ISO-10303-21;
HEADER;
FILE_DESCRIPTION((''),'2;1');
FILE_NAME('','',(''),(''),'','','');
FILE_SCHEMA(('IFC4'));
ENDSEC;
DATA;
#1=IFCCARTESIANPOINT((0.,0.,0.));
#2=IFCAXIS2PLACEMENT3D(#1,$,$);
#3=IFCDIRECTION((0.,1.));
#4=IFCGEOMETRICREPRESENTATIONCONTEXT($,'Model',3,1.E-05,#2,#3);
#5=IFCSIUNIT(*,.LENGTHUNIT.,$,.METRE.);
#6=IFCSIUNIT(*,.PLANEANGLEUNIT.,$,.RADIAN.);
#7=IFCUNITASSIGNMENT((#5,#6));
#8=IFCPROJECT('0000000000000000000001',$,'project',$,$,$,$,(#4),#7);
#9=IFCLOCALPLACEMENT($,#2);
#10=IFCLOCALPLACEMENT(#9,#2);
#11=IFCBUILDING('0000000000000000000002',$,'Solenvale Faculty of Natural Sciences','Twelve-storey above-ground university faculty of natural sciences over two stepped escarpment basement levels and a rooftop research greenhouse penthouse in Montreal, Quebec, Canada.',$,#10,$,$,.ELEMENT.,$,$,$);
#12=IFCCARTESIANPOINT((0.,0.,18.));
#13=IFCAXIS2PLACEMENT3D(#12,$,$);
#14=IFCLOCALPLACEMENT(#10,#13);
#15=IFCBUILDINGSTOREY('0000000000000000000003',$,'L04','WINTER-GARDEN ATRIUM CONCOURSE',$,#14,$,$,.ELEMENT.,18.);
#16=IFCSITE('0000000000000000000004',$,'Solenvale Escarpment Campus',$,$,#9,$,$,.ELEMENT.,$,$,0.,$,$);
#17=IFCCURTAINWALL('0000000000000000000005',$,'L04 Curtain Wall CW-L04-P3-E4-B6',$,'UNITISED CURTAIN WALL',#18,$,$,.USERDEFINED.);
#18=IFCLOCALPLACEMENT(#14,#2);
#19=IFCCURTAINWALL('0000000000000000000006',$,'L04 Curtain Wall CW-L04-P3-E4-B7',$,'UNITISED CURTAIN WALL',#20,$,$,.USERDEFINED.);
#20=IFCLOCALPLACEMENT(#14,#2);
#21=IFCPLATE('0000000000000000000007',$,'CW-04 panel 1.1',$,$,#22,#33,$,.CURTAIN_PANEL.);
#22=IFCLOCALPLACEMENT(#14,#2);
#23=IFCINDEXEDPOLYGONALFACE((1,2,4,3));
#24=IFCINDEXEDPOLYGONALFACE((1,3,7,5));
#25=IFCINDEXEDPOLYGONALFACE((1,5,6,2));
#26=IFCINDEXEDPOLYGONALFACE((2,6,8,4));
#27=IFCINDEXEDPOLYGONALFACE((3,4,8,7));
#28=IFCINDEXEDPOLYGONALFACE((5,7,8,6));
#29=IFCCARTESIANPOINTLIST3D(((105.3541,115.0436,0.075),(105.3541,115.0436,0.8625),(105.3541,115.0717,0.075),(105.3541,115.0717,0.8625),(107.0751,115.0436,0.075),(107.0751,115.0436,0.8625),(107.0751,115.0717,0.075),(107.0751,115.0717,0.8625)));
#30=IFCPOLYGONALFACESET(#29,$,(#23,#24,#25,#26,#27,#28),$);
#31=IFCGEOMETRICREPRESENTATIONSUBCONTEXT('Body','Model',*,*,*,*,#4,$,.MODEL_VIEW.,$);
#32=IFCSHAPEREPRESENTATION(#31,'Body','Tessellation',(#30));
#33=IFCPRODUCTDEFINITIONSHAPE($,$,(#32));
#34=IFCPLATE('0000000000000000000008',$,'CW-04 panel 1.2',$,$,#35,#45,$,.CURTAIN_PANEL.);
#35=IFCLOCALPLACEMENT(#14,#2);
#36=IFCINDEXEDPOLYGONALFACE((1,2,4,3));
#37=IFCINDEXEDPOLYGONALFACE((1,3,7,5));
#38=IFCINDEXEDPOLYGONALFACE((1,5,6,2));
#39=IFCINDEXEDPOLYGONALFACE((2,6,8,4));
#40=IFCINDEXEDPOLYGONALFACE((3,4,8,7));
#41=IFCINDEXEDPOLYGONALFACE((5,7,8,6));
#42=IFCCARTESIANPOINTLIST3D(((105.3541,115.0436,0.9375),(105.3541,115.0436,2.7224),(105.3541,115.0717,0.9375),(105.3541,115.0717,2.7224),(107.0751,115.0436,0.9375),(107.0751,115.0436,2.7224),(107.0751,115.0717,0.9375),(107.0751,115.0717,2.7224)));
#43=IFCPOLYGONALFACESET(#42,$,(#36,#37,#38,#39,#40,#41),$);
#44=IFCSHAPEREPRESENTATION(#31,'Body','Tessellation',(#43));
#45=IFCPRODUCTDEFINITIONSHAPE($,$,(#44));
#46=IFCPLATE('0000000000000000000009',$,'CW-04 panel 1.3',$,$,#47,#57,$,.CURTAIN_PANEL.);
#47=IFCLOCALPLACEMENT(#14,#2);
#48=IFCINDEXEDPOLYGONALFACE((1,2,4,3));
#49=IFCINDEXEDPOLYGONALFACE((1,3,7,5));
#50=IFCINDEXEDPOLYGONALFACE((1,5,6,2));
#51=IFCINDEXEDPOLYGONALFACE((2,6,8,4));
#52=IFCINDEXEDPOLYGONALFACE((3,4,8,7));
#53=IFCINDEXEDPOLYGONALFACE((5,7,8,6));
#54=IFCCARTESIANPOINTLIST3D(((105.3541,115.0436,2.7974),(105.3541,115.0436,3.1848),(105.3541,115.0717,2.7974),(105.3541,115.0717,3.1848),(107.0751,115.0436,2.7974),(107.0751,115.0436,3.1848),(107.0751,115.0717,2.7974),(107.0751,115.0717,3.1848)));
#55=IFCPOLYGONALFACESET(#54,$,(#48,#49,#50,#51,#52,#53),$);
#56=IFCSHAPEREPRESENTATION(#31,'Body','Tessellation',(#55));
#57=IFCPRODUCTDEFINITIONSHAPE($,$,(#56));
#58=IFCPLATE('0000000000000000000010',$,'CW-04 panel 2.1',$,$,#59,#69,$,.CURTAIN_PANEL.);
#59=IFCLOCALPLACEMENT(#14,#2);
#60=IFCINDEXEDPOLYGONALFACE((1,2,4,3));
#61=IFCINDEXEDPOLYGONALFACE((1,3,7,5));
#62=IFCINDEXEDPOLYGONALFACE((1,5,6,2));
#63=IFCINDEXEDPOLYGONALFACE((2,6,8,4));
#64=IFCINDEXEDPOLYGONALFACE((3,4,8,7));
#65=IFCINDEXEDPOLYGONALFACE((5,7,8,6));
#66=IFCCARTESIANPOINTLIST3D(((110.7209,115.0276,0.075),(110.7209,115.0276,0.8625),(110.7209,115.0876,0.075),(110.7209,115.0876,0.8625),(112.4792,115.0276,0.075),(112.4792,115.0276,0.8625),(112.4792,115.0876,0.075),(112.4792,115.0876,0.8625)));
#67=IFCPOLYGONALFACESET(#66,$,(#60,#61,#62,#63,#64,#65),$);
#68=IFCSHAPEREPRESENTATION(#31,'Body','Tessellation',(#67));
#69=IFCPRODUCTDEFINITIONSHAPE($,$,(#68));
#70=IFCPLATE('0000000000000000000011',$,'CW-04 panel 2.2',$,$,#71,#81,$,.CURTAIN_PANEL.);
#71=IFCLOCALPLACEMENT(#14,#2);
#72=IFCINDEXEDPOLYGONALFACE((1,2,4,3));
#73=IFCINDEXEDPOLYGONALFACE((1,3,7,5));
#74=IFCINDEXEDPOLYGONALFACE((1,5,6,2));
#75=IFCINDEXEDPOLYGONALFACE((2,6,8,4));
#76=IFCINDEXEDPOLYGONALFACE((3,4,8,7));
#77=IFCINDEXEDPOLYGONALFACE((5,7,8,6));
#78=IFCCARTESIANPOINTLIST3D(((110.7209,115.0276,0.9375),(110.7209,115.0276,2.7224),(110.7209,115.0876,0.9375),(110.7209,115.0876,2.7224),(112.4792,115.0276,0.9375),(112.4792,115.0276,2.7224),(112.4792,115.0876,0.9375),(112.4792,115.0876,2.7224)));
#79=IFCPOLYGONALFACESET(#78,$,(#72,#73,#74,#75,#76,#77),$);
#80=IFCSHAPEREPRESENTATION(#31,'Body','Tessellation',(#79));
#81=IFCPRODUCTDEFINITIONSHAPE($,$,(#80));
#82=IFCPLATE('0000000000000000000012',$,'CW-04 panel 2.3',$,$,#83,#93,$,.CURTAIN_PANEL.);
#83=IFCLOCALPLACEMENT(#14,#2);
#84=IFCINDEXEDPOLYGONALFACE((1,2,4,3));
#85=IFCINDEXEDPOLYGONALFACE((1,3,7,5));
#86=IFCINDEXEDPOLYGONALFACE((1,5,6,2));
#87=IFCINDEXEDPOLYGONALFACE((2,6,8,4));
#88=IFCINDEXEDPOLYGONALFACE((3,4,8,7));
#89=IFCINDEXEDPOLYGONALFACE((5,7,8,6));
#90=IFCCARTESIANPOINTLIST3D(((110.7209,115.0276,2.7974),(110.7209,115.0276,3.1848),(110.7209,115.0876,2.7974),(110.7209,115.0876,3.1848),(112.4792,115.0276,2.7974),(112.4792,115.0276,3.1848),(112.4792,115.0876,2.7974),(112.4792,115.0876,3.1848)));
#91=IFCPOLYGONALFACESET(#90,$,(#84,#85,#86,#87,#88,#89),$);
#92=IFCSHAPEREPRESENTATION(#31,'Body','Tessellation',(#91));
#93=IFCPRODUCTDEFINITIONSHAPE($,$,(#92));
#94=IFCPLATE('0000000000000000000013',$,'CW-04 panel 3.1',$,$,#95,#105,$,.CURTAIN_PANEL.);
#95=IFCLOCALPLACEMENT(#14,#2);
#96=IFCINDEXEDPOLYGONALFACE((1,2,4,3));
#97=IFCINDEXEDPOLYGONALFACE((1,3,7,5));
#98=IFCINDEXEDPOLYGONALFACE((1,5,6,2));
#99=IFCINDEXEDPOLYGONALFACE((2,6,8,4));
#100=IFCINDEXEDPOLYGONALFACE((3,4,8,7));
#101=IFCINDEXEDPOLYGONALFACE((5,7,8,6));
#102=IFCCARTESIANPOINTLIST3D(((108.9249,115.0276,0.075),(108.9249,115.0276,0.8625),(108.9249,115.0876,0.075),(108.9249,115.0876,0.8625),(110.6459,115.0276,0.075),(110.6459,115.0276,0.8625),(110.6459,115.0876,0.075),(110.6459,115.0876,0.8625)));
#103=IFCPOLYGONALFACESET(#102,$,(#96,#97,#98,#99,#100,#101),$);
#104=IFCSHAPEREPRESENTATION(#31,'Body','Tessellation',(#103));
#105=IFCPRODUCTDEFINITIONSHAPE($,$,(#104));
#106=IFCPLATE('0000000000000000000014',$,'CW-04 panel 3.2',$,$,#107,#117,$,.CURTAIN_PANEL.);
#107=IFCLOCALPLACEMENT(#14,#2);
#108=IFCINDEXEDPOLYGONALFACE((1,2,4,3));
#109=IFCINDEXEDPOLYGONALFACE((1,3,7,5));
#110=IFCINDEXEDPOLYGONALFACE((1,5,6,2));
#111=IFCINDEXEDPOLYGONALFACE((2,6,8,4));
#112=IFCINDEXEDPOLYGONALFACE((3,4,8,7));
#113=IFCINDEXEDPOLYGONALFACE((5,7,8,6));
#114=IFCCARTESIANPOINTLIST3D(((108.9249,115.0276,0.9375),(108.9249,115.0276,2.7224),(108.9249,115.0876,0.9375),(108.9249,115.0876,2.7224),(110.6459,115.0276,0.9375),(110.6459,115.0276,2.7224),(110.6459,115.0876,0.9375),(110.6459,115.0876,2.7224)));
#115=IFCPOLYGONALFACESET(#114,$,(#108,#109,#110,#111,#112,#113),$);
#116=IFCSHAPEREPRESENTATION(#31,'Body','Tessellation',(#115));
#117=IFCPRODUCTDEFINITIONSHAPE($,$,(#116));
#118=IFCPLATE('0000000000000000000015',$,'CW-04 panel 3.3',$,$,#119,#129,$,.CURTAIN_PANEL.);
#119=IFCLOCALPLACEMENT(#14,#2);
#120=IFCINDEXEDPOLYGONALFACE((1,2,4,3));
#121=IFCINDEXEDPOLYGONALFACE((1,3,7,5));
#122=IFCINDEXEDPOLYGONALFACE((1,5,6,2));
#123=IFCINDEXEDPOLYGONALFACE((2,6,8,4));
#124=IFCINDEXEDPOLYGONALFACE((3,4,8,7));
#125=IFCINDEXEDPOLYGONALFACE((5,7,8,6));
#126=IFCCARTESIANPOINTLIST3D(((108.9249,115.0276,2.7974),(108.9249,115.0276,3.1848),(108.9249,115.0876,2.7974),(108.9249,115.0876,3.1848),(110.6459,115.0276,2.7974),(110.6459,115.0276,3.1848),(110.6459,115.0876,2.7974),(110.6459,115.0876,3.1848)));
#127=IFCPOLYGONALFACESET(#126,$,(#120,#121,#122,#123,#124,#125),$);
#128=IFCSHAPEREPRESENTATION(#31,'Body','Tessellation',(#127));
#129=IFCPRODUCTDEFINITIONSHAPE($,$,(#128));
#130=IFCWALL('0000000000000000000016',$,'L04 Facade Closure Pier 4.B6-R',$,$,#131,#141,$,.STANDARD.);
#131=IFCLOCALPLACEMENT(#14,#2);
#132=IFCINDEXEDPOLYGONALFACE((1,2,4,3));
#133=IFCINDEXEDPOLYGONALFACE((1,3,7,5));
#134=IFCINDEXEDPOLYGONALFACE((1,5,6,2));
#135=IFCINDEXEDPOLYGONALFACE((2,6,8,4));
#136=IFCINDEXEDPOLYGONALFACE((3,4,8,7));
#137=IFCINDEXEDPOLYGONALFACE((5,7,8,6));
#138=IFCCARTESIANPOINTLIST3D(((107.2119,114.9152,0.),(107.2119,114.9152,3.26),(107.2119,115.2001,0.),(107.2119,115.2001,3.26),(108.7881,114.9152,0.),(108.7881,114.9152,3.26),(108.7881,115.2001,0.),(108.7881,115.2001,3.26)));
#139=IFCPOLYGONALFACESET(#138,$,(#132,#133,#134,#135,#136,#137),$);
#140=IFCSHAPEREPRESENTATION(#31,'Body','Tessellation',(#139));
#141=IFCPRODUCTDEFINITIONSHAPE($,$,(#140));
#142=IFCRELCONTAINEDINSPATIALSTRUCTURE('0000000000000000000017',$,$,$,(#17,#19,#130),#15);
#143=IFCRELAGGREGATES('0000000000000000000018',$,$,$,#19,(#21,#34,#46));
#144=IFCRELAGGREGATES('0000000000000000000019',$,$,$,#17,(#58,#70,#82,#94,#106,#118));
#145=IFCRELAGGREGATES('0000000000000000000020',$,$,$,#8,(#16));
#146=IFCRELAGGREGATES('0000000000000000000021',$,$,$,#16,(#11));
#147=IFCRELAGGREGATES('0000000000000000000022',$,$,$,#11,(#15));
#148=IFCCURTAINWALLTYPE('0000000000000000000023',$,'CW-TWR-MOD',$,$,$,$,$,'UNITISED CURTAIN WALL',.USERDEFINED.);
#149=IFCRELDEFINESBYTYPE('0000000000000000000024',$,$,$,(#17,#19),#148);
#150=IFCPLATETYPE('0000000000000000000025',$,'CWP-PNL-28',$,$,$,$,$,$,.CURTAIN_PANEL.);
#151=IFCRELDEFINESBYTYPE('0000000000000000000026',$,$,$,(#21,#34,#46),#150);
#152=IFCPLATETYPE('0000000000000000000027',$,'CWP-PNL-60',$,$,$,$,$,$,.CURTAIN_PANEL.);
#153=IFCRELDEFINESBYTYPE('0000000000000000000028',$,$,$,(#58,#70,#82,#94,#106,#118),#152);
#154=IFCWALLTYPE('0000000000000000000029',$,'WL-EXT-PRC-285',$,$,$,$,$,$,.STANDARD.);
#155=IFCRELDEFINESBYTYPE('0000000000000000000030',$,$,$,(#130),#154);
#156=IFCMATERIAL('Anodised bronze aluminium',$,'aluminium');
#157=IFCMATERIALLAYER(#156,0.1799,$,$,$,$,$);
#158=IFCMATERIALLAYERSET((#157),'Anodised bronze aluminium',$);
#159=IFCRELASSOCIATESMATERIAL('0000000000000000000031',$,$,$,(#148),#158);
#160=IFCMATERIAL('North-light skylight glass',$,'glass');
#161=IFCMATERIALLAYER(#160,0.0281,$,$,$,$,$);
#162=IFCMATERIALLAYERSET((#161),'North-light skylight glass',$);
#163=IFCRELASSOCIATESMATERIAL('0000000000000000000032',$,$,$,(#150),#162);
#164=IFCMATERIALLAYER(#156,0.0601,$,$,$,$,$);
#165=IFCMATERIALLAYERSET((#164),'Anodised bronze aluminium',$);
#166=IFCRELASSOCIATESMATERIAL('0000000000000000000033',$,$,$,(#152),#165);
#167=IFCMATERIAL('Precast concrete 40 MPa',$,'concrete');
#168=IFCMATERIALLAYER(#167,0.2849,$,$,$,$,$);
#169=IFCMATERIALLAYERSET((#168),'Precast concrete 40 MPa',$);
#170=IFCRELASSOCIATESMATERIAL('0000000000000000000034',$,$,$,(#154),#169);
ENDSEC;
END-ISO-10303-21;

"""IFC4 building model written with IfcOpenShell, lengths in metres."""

from ifc_helpers import new_model, si_unit, direction, frame, frame_2d, origin, origin_2d, place, context, subcontext, project, spatial, rectangle, extrude, material, layer, layer_set, type_object, element, aggregate, save


model = new_model("IFC4")

# Units and contexts
model_context = context("Model", 3, precision=1e-05, world=origin(), true_north=direction((0.0, 1.0)))
body_context = subcontext(model_context, "Body", "Model", "MODEL_VIEW")
ifc_project = project(units=[si_unit("LENGTHUNIT", "METRE"), si_unit("PLANEANGLEUNIT", "RADIAN")], contexts=[model_context])

# Site, building, storey
site_placement = place(None, origin())
site = spatial("IfcSite", under=ifc_project, at=site_placement, Name="Solenvale Escarpment Campus", CompositionType="ELEMENT", RefElevation=0.0)
building_placement = place(site_placement, origin())
building = spatial("IfcBuilding", under=site, at=building_placement, Name="Solenvale Faculty of Natural Sciences", Description="Twelve-storey above-ground university faculty of natural sciences over two stepped escarpment basement levels and a rooftop research greenhouse penthouse in Montreal, Quebec, Canada.", CompositionType="ELEMENT")
storey_placement = place(building_placement, frame((0.0, 0.0, 18.0)))
storey = spatial("IfcBuildingStorey", under=building, at=storey_placement, Name="L04", Description="WINTER-GARDEN ATRIUM CONCOURSE", CompositionType="ELEMENT", Elevation=18.0)

# Shared definitions
ifc_material_1 = material(Name="Precast concrete 40 MPa", Category="concrete")

# Curtain walls
ifc_material_2 = material(Name="Anodised bronze aluminium", Category="aluminium")
ifc_layer_1 = layer(ifc_material_2, 0.1799)
ifc_layer_set_1 = layer_set([ifc_layer_1], Name="Anodised bronze aluminium")
curtain_wall_type = type_object("IfcCurtainWallType", Name="CW-TWR-MOD", ElementType="UNITISED CURTAIN WALL", PredefinedType="USERDEFINED", material=ifc_layer_set_1)
curtain_wall_1_placement = place(storey_placement, origin())
curtain_wall_1 = element("IfcCurtainWall", 1, at=curtain_wall_1_placement, inside=storey, type_object=curtain_wall_type, Name="L04 Curtain Wall CW-L04-P3-E4-B6", ObjectType="UNITISED CURTAIN WALL", PredefinedType="USERDEFINED")
curtain_wall_2_placement = place(storey_placement, origin())
curtain_wall_2 = element("IfcCurtainWall", 2, at=curtain_wall_2_placement, inside=storey, type_object=curtain_wall_type, Name="L04 Curtain Wall CW-L04-P3-E4-B7", ObjectType="UNITISED CURTAIN WALL", PredefinedType="USERDEFINED")

# Plates
ifc_material_3 = material(Name="North-light skylight glass", Category="glass")
ifc_layer_2 = layer(ifc_material_3, 0.0281)
ifc_layer_set_2 = layer_set([ifc_layer_2], Name="North-light skylight glass")
plate_type_1 = type_object("IfcPlateType", Name="CWP-PNL-28", PredefinedType="CURTAIN_PANEL", material=ifc_layer_set_2)
plate_1_placement = place(storey_placement, frame((106.2146, 115.0576, 0.075), z_axis=(0.0, 0.0, 1.0), x_axis=(-1.0, 0.0, 0.0)))
plate_1 = element("IfcPlate", 3, at=plate_1_placement, type_object=plate_type_1, Name="CW-04 panel 1.1", PredefinedType="CURTAIN_PANEL", context=body_context, shape_type="SweptSolid", body=[
    extrude(rectangle(XDim=1.7209, YDim=0.0281, at=origin_2d()), origin(), (0.0, 0.0, 1.0), 0.7876),
])
plate_2_placement = place(storey_placement, frame((106.2146, 115.0576, 0.9375), z_axis=(0.0, 0.0, 1.0), x_axis=(-1.0, 0.0, 0.0)))
plate_2 = element("IfcPlate", 4, at=plate_2_placement, type_object=plate_type_1, Name="CW-04 panel 1.2", PredefinedType="CURTAIN_PANEL", context=body_context, shape_type="SweptSolid", body=[
    extrude(rectangle(XDim=1.7209, YDim=0.0281, at=origin_2d()), origin(), (0.0, 0.0, 1.0), 1.7849),
])
plate_3_placement = place(storey_placement, frame((106.2146, 115.0576, 2.7974), z_axis=(0.0, 0.0, 1.0), x_axis=(-1.0, 0.0, 0.0)))
plate_3 = element("IfcPlate", 5, at=plate_3_placement, type_object=plate_type_1, Name="CW-04 panel 1.3", PredefinedType="CURTAIN_PANEL", context=body_context, shape_type="SweptSolid", body=[
    extrude(rectangle(XDim=1.7209, YDim=0.0281, at=origin_2d()), origin(), (0.0, 0.0, 1.0), 0.3875),
])
aggregate(curtain_wall_2, [plate_1, plate_2, plate_3])
ifc_layer_3 = layer(ifc_material_2, 0.0601)
ifc_layer_set_3 = layer_set([ifc_layer_3], Name="Anodised bronze aluminium")
plate_type_2 = type_object("IfcPlateType", Name="CWP-PNL-60", PredefinedType="CURTAIN_PANEL", material=ifc_layer_set_3)
plate_4_placement = place(storey_placement, frame((111.6001, 115.0576, 0.075), z_axis=(0.0, 0.0, 1.0), x_axis=(-1.0, 0.0, 0.0)))
plate_4 = element("IfcPlate", 6, at=plate_4_placement, type_object=plate_type_2, Name="CW-04 panel 2.1", PredefinedType="CURTAIN_PANEL", context=body_context, shape_type="SweptSolid", body=[
    extrude(rectangle(XDim=1.7583, YDim=0.0601, at=origin_2d()), origin(), (0.0, 0.0, 1.0), 0.7876),
])
plate_5_placement = place(storey_placement, frame((111.6001, 115.0576, 0.9375), z_axis=(0.0, 0.0, 1.0), x_axis=(-1.0, 0.0, 0.0)))
plate_5 = element("IfcPlate", 7, at=plate_5_placement, type_object=plate_type_2, Name="CW-04 panel 2.2", PredefinedType="CURTAIN_PANEL", context=body_context, shape_type="SweptSolid", body=[
    extrude(rectangle(XDim=1.7583, YDim=0.0601, at=origin_2d()), origin(), (0.0, 0.0, 1.0), 1.7849),
])
plate_6_placement = place(storey_placement, frame((111.6001, 115.0576, 2.7974), z_axis=(0.0, 0.0, 1.0), x_axis=(-1.0, 0.0, 0.0)))
plate_6 = element("IfcPlate", 8, at=plate_6_placement, type_object=plate_type_2, Name="CW-04 panel 2.3", PredefinedType="CURTAIN_PANEL", context=body_context, shape_type="SweptSolid", body=[
    extrude(rectangle(XDim=1.7583, YDim=0.0601, at=origin_2d()), origin(), (0.0, 0.0, 1.0), 0.3875),
])
plate_7_placement = place(storey_placement, frame((109.7854, 115.0576, 0.075), z_axis=(0.0, 0.0, 1.0), x_axis=(-1.0, 0.0, 0.0)))
plate_7 = element("IfcPlate", 9, at=plate_7_placement, type_object=plate_type_2, Name="CW-04 panel 3.1", PredefinedType="CURTAIN_PANEL", context=body_context, shape_type="SweptSolid", body=[
    extrude(rectangle(XDim=1.7209, YDim=0.0601, at=origin_2d()), origin(), (0.0, 0.0, 1.0), 0.7876),
])
plate_8_placement = place(storey_placement, frame((109.7854, 115.0576, 0.9375), z_axis=(0.0, 0.0, 1.0), x_axis=(-1.0, 0.0, 0.0)))
plate_8 = element("IfcPlate", 10, at=plate_8_placement, type_object=plate_type_2, Name="CW-04 panel 3.2", PredefinedType="CURTAIN_PANEL", context=body_context, shape_type="SweptSolid", body=[
    extrude(rectangle(XDim=1.7209, YDim=0.0601, at=origin_2d()), origin(), (0.0, 0.0, 1.0), 1.7849),
])
plate_9_placement = place(storey_placement, frame((109.7854, 115.0576, 2.7974), z_axis=(0.0, 0.0, 1.0), x_axis=(-1.0, 0.0, 0.0)))
plate_9 = element("IfcPlate", 11, at=plate_9_placement, type_object=plate_type_2, Name="CW-04 panel 3.3", PredefinedType="CURTAIN_PANEL", context=body_context, shape_type="SweptSolid", body=[
    extrude(rectangle(XDim=1.7209, YDim=0.0601, at=origin_2d()), origin(), (0.0, 0.0, 1.0), 0.3875),
])
aggregate(curtain_wall_1, [plate_4, plate_5, plate_6, plate_7, plate_8, plate_9])

# Wall
ifc_layer_4 = layer(ifc_material_1, 0.2849)
ifc_layer_set_4 = layer_set([ifc_layer_4], Name="Precast concrete 40 MPa")
wall_type = type_object("IfcWallType", Name="WL-EXT-PRC-285", PredefinedType="STANDARD", material=ifc_layer_set_4)
wall_placement = place(storey_placement, frame((108.7881, 115.0576, 0.0), z_axis=(0.0, 0.0, 1.0), x_axis=(-1.0, 0.0, 0.0)))
element("IfcWall", 12, at=wall_placement, inside=storey, type_object=wall_type, Name="L04 Facade Closure Pier 4.B6-R", PredefinedType="STANDARD", context=body_context, shape_type="SweptSolid", body=[
    extrude(rectangle(XDim=1.5762, YDim=0.2849, at=frame_2d((0.7881, 0.0))), origin(), (0.0, 0.0, 1.0), 3.26),
])

save(model, "model.ifc")
